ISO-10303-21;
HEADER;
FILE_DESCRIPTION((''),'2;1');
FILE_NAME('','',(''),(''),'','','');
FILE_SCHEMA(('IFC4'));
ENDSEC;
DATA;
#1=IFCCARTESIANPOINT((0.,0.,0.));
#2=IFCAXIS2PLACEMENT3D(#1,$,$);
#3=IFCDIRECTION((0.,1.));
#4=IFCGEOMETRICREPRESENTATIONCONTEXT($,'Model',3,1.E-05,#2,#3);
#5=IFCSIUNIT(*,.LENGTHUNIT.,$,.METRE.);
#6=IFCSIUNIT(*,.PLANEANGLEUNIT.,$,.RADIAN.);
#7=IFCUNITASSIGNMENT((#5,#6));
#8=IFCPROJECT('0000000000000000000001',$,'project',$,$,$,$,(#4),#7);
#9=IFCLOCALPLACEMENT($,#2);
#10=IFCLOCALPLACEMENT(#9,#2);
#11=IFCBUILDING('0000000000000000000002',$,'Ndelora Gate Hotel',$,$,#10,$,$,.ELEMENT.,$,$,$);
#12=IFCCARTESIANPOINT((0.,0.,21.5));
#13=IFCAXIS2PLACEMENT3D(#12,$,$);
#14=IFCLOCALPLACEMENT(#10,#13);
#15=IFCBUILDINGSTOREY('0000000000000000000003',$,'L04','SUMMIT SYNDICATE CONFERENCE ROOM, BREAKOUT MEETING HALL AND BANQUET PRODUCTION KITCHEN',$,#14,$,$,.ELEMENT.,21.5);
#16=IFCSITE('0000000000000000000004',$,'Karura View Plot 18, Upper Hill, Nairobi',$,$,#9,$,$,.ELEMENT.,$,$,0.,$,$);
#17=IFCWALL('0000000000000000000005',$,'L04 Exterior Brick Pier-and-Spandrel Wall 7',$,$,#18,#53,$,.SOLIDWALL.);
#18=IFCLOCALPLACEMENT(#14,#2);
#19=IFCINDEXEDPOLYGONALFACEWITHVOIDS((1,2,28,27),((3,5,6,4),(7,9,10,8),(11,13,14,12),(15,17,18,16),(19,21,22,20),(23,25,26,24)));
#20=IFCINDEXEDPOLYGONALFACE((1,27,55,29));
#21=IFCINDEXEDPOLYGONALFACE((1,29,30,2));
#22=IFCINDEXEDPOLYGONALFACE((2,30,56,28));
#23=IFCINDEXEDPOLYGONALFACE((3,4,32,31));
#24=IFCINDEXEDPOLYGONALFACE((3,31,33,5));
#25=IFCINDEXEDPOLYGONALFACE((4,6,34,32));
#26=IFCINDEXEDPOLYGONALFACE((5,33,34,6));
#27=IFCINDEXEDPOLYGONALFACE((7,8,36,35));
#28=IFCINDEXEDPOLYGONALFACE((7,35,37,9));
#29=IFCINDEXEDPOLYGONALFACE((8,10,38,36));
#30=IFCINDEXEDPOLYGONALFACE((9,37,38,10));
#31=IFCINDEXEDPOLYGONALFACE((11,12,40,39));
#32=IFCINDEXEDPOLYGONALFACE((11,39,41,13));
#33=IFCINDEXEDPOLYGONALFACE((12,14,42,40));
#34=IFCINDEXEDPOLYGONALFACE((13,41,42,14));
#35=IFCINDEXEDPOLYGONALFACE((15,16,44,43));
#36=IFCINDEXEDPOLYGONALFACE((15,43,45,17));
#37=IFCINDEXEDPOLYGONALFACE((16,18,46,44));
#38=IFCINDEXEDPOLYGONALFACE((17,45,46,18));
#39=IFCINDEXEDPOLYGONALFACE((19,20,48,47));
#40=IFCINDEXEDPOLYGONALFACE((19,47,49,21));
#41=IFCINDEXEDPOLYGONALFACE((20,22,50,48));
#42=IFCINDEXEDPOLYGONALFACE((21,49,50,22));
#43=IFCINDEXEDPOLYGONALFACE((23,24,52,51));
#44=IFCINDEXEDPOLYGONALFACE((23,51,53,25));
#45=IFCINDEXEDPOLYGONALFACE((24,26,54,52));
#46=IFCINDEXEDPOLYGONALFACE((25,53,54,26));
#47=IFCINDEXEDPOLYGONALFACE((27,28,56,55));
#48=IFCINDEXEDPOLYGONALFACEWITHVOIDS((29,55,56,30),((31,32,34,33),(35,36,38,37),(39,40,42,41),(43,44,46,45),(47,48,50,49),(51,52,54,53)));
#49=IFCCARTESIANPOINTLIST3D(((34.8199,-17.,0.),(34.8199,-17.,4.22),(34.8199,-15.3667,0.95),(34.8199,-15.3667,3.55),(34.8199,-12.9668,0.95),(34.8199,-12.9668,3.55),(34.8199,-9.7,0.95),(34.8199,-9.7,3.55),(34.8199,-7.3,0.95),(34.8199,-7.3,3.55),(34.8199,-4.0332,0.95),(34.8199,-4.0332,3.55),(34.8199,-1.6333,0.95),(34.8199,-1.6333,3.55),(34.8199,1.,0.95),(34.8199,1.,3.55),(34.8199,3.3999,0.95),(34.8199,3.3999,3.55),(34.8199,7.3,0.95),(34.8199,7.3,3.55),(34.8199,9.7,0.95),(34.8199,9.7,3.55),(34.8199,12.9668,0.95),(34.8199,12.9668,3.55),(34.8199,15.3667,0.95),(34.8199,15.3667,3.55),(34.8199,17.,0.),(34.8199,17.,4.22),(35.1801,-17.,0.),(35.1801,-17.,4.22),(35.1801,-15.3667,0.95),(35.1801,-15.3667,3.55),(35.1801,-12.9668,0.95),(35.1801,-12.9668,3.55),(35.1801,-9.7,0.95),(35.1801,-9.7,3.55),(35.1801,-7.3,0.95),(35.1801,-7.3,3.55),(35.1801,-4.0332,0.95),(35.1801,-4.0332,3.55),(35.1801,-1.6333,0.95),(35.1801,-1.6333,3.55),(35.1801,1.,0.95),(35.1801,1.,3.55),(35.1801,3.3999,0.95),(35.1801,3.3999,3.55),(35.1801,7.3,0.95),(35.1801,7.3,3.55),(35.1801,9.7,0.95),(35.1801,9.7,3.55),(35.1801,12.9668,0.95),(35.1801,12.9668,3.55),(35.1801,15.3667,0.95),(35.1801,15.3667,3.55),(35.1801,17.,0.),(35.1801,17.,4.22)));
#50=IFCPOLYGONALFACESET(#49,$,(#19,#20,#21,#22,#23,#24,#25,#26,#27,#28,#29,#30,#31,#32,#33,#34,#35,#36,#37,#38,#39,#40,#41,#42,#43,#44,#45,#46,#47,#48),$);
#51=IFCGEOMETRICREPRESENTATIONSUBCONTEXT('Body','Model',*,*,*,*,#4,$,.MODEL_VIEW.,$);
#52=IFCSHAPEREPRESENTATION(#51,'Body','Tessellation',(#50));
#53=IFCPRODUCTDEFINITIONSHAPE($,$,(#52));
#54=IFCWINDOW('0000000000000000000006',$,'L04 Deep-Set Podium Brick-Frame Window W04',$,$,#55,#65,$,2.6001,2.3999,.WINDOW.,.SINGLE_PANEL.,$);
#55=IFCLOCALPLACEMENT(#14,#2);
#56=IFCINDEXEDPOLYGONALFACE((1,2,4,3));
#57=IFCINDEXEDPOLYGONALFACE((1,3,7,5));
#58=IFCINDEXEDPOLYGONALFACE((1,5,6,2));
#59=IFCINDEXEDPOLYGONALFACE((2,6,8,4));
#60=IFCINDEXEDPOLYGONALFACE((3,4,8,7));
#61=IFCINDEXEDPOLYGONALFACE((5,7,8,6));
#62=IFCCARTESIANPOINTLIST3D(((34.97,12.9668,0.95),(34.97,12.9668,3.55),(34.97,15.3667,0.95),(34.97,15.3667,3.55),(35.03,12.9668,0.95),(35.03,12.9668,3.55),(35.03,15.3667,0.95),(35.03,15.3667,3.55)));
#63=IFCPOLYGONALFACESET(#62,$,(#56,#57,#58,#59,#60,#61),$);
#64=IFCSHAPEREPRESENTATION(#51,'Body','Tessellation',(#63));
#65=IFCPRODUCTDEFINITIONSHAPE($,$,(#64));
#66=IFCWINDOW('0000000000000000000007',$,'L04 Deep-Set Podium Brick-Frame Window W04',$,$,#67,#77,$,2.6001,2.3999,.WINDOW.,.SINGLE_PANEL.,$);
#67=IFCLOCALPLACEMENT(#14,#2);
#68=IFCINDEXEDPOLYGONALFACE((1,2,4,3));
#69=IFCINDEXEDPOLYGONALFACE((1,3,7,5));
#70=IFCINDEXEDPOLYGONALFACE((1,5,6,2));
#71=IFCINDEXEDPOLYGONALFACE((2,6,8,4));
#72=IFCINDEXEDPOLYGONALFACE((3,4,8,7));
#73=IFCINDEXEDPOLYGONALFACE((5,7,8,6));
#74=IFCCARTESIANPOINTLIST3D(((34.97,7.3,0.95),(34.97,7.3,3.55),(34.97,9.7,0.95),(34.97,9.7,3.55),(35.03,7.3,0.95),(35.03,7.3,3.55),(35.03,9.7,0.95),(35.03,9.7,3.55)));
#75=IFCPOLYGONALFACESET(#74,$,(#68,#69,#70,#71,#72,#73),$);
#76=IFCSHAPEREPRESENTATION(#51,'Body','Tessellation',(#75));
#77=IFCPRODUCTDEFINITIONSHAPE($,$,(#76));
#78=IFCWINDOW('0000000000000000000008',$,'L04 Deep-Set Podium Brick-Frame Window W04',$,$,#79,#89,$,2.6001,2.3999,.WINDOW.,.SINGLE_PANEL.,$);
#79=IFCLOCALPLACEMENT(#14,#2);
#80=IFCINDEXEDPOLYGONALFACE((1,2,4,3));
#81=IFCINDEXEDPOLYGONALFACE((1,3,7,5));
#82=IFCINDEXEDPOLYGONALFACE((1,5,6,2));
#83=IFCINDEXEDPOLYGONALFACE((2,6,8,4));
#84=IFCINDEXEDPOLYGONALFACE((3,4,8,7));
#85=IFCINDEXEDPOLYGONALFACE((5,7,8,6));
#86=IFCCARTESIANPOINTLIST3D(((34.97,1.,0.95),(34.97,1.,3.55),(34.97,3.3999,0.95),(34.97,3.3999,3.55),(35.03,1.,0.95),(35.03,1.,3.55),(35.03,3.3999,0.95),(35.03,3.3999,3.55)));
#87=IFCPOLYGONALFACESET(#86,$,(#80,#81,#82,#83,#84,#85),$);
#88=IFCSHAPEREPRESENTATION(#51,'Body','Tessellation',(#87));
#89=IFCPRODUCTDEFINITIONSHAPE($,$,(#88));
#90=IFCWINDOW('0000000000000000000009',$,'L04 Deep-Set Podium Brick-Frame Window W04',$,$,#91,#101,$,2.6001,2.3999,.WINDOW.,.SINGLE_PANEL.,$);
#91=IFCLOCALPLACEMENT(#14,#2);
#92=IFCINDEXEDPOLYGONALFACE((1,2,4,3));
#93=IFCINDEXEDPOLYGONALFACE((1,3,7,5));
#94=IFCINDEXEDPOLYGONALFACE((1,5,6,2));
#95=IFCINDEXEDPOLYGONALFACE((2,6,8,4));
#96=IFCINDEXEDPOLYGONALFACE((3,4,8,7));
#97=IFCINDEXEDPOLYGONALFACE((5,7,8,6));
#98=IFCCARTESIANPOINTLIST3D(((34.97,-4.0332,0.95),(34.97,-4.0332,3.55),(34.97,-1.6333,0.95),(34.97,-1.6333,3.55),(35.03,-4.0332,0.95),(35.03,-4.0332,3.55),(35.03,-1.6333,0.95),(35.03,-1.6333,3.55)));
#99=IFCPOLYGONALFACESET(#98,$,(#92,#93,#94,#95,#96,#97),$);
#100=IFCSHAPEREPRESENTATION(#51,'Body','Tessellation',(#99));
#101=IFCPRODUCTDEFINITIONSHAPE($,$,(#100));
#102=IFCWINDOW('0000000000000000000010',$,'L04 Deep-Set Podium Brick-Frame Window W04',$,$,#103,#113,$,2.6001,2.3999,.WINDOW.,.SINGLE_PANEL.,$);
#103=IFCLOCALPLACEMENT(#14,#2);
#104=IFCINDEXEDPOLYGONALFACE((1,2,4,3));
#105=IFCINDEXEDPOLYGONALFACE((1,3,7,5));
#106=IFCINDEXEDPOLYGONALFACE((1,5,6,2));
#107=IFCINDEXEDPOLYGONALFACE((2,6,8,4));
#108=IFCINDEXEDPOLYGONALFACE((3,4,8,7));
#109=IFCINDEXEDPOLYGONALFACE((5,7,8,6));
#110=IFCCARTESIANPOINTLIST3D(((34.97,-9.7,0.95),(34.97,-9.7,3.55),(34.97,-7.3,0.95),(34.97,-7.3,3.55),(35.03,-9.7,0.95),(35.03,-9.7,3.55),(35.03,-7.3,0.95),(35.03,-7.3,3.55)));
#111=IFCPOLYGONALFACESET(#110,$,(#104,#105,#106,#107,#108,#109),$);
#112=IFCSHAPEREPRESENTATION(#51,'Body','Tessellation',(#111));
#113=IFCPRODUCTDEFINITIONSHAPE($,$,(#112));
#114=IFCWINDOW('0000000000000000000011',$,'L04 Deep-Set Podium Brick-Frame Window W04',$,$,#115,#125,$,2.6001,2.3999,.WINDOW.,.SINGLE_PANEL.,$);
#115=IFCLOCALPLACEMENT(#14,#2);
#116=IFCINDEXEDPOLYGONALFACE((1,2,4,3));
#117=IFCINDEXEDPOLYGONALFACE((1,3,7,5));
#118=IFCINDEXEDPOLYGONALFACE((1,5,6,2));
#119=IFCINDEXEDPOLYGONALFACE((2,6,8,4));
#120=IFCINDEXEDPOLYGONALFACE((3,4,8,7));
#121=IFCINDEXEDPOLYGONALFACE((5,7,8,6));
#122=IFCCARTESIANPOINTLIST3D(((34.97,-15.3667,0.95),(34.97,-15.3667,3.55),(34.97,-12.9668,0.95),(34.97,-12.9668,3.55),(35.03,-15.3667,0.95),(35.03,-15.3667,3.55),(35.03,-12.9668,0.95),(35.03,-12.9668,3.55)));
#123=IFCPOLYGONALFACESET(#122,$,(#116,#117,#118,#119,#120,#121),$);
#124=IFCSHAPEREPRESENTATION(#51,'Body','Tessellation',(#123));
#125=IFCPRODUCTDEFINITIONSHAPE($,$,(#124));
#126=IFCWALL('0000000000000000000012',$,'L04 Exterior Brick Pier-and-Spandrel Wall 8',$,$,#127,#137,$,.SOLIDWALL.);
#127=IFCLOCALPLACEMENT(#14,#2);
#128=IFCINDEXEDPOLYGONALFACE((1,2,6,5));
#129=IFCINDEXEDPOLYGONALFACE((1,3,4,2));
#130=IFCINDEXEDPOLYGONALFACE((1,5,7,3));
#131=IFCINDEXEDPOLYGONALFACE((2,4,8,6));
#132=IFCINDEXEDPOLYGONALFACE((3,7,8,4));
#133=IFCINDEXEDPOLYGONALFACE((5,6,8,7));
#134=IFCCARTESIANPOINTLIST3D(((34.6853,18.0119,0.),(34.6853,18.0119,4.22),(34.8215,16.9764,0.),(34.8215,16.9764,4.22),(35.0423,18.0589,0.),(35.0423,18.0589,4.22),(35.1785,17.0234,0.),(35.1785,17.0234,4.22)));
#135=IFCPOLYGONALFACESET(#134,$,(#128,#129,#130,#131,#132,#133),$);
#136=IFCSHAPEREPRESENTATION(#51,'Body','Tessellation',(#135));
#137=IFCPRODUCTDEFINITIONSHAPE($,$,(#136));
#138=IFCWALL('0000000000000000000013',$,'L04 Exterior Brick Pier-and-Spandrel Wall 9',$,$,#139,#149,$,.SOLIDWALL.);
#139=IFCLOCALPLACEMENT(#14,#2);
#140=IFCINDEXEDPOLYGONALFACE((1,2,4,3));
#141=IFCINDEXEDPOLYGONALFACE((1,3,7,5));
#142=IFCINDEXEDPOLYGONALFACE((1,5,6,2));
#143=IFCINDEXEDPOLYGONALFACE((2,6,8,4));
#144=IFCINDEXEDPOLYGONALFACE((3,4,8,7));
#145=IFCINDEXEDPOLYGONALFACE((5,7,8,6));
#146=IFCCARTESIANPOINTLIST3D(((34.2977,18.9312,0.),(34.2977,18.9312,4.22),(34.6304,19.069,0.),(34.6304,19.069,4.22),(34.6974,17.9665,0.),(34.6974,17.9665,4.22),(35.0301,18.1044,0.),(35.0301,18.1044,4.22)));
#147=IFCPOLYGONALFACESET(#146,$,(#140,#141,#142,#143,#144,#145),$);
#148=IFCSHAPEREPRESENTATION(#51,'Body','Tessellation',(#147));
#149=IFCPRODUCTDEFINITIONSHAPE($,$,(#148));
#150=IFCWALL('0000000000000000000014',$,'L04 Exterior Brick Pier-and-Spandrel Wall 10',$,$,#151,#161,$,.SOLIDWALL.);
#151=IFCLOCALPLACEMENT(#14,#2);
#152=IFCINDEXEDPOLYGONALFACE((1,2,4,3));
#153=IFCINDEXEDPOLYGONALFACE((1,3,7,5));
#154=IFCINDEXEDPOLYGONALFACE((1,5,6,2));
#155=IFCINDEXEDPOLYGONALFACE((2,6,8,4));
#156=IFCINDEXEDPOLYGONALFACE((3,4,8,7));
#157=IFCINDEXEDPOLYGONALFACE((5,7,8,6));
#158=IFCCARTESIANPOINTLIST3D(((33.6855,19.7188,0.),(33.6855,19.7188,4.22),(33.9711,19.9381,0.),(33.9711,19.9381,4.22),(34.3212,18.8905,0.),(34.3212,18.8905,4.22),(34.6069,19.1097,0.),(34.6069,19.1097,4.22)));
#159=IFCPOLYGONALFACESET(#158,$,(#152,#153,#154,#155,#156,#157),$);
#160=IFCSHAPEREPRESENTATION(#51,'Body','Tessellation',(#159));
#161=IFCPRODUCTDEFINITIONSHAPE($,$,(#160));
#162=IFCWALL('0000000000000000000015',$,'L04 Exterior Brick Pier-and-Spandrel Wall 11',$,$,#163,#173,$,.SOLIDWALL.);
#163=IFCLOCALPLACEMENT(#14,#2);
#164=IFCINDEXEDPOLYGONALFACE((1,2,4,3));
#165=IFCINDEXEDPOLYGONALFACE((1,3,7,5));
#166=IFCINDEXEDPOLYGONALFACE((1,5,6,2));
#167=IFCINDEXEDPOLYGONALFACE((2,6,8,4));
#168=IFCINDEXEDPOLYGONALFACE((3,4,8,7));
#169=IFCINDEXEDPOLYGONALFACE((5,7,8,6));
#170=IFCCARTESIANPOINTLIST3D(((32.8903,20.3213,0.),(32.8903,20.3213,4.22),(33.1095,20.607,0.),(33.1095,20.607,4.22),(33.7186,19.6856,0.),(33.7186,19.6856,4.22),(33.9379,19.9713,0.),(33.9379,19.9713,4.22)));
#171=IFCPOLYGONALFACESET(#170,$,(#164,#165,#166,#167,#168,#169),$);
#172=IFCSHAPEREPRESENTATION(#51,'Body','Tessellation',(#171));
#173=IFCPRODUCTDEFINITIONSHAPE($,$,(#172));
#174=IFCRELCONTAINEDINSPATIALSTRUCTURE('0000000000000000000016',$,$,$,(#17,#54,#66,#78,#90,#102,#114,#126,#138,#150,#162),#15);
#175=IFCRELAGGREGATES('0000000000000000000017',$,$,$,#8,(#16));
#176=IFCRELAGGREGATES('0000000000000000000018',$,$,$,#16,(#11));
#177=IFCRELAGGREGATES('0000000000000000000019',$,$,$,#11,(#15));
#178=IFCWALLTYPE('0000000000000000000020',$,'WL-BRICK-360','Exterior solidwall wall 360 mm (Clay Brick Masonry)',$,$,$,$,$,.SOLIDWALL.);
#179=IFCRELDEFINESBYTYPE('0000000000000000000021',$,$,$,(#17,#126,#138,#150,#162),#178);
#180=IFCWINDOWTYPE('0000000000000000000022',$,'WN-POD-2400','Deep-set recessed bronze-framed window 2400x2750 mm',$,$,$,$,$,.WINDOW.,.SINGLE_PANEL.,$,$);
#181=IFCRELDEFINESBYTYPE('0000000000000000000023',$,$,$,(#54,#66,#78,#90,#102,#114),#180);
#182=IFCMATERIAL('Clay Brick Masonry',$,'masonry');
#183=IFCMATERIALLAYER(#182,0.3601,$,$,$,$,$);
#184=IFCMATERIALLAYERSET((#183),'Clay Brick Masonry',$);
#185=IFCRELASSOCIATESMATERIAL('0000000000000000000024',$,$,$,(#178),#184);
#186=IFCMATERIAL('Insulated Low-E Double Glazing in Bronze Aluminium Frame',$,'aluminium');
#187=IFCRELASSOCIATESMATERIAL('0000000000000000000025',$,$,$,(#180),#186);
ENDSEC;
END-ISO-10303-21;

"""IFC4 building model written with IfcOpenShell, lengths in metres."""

from ifc_helpers import new_model, si_unit, direction, frame, frame_2d, origin, place, context, subcontext, project, spatial, rectangle, extrude, material, layer, layer_set, type_object, element, fill, save


model = new_model("IFC4")

# Units and contexts
model_context = context("Model", 3, precision=1e-05, world=origin(), true_north=direction((0.0, 1.0)))
body_context = subcontext(model_context, "Body", "Model", "MODEL_VIEW")
ifc_project = project(units=[si_unit("LENGTHUNIT", "METRE"), si_unit("PLANEANGLEUNIT", "RADIAN")], contexts=[model_context])

# Site, building, storey
site_placement = place(None, origin())
site = spatial("IfcSite", under=ifc_project, at=site_placement, Name="Karura View Plot 18, Upper Hill, Nairobi", CompositionType="ELEMENT", RefElevation=0.0)
building_placement = place(site_placement, origin())
building = spatial("IfcBuilding", under=site, at=building_placement, Name="Ndelora Gate Hotel", CompositionType="ELEMENT")
storey_placement = place(building_placement, frame((0.0, 0.0, 21.5)))
storey = spatial("IfcBuildingStorey", under=building, at=storey_placement, Name="L04", Description="SUMMIT SYNDICATE CONFERENCE ROOM, BREAKOUT MEETING HALL AND BANQUET PRODUCTION KITCHEN", CompositionType="ELEMENT", Elevation=21.5)

# Wall, openings, windows
ifc_material_1 = material(Name="Clay Brick Masonry", Category="masonry")
ifc_layer_1 = layer(ifc_material_1, 0.3601)
ifc_layer_set_1 = layer_set([ifc_layer_1], Name="Clay Brick Masonry")
wall_type = type_object("IfcWallType", Name="WL-BRICK-360", Description="Exterior solidwall wall 360 mm (Clay Brick Masonry)", PredefinedType="SOLIDWALL", material=ifc_layer_set_1)
wall_1_placement = place(storey_placement, frame((35.0, 17.0, 0.0), z_axis=(0.0, 0.0, 1.0), x_axis=(0.0, -1.0, 0.0)))
wall_1 = element("IfcWall", 1, at=wall_1_placement, inside=storey, type_object=wall_type, Name="L04 Exterior Brick Pier-and-Spandrel Wall 7", PredefinedType="SOLIDWALL", context=body_context, shape_type="SweptSolid", body=[
    extrude(rectangle(XDim=34.0, YDim=0.3601, at=frame_2d((17.0, 0.0))), origin(), (0.0, 0.0, 1.0), 4.22),
])
opening_1_placement = place(wall_1_placement, frame((1.6333, 0.0, 0.95)))
opening_1 = element("IfcOpeningElement", 2, at=opening_1_placement, cuts=wall_1, PredefinedType="OPENING", context=body_context, shape_type="SweptSolid", body=[
    extrude(rectangle(XDim=2.3999, YDim=2.6001, at=frame_2d((1.2, 1.3))), frame((0.0, 0.1899, 0.0), z_axis=(0.0, -1.0, 0.0), x_axis=(1.0, 0.0, 0.0)), (0.0, 0.0, 1.0), 0.3801),
])
opening_2_placement = place(wall_1_placement, frame((7.3, 0.0, 0.95)))
opening_2 = element("IfcOpeningElement", 3, at=opening_2_placement, cuts=wall_1, PredefinedType="OPENING", context=body_context, shape_type="SweptSolid", body=[
    extrude(rectangle(XDim=2.3999, YDim=2.6001, at=frame_2d((1.2, 1.3))), frame((0.0, 0.1899, 0.0), z_axis=(0.0, -1.0, 0.0), x_axis=(1.0, 0.0, 0.0)), (0.0, 0.0, 1.0), 0.3801),
])
opening_3_placement = place(wall_1_placement, frame((13.6001, 0.0, 0.95)))
opening_3 = element("IfcOpeningElement", 4, at=opening_3_placement, cuts=wall_1, PredefinedType="OPENING", context=body_context, shape_type="SweptSolid", body=[
    extrude(rectangle(XDim=2.3999, YDim=2.6001, at=frame_2d((1.2, 1.3))), frame((0.0, 0.1899, 0.0), z_axis=(0.0, -1.0, 0.0), x_axis=(1.0, 0.0, 0.0)), (0.0, 0.0, 1.0), 0.3801),
])
opening_4_placement = place(wall_1_placement, frame((18.6333, 0.0, 0.95)))
opening_4 = element("IfcOpeningElement", 5, at=opening_4_placement, cuts=wall_1, PredefinedType="OPENING", context=body_context, shape_type="SweptSolid", body=[
    extrude(rectangle(XDim=2.3999, YDim=2.6001, at=frame_2d((1.2, 1.3))), frame((0.0, 0.1899, 0.0), z_axis=(0.0, -1.0, 0.0), x_axis=(1.0, 0.0, 0.0)), (0.0, 0.0, 1.0), 0.3801),
])
opening_5_placement = place(wall_1_placement, frame((24.3, 0.0, 0.95)))
opening_5 = element("IfcOpeningElement", 6, at=opening_5_placement, cuts=wall_1, PredefinedType="OPENING", context=body_context, shape_type="SweptSolid", body=[
    extrude(rectangle(XDim=2.3999, YDim=2.6001, at=frame_2d((1.2, 1.3))), frame((0.0, 0.1899, 0.0), z_axis=(0.0, -1.0, 0.0), x_axis=(1.0, 0.0, 0.0)), (0.0, 0.0, 1.0), 0.3801),
])
opening_6_placement = place(wall_1_placement, frame((29.9668, 0.0, 0.95)))
opening_6 = element("IfcOpeningElement", 7, at=opening_6_placement, cuts=wall_1, PredefinedType="OPENING", context=body_context, shape_type="SweptSolid", body=[
    extrude(rectangle(XDim=2.3999, YDim=2.6001, at=frame_2d((1.2, 1.3))), frame((0.0, 0.1899, 0.0), z_axis=(0.0, -1.0, 0.0), x_axis=(1.0, 0.0, 0.0)), (0.0, 0.0, 1.0), 0.3801),
])
ifc_material_2 = material(Name="Insulated Low-E Double Glazing in Bronze Aluminium Frame", Category="aluminium")
window_type = type_object("IfcWindowType", Name="WN-POD-2400", Description="Deep-set recessed bronze-framed window 2400x2750 mm", PartitioningType="SINGLE_PANEL", PredefinedType="WINDOW", material=ifc_material_2)
window_1_placement = place(opening_1_placement, origin())
window_1 = element("IfcWindow", 8, at=window_1_placement, inside=storey, type_object=window_type, Name="L04 Deep-Set Podium Brick-Frame Window W04", OverallHeight=2.6001, OverallWidth=2.3999, PartitioningType="SINGLE_PANEL", PredefinedType="WINDOW", context=body_context, shape_type="SweptSolid", body=[
    extrude(rectangle(XDim=2.3999, YDim=2.6001, at=frame_2d((1.2, 1.3))), frame((0.0, 0.03, 0.0), z_axis=(0.0, -1.0, 0.0), x_axis=(1.0, 0.0, 0.0)), (0.0, 0.0, 1.0), 0.0601),
])
fill(opening_1, window_1)
window_2_placement = place(opening_2_placement, origin())
window_2 = element("IfcWindow", 9, at=window_2_placement, inside=storey, type_object=window_type, Name="L04 Deep-Set Podium Brick-Frame Window W04", OverallHeight=2.6001, OverallWidth=2.3999, PartitioningType="SINGLE_PANEL", PredefinedType="WINDOW", context=body_context, shape_type="SweptSolid", body=[
    extrude(rectangle(XDim=2.3999, YDim=2.6001, at=frame_2d((1.2, 1.3))), frame((0.0, 0.03, 0.0), z_axis=(0.0, -1.0, 0.0), x_axis=(1.0, 0.0, 0.0)), (0.0, 0.0, 1.0), 0.0601),
])
fill(opening_2, window_2)
window_3_placement = place(opening_3_placement, origin())
window_3 = element("IfcWindow", 10, at=window_3_placement, inside=storey, type_object=window_type, Name="L04 Deep-Set Podium Brick-Frame Window W04", OverallHeight=2.6001, OverallWidth=2.3999, PartitioningType="SINGLE_PANEL", PredefinedType="WINDOW", context=body_context, shape_type="SweptSolid", body=[
    extrude(rectangle(XDim=2.3999, YDim=2.6001, at=frame_2d((1.2, 1.3))), frame((0.0, 0.03, 0.0), z_axis=(0.0, -1.0, 0.0), x_axis=(1.0, 0.0, 0.0)), (0.0, 0.0, 1.0), 0.0601),
])
fill(opening_3, window_3)
window_4_placement = place(opening_4_placement, origin())
window_4 = element("IfcWindow", 11, at=window_4_placement, inside=storey, type_object=window_type, Name="L04 Deep-Set Podium Brick-Frame Window W04", OverallHeight=2.6001, OverallWidth=2.3999, PartitioningType="SINGLE_PANEL", PredefinedType="WINDOW", context=body_context, shape_type="SweptSolid", body=[
    extrude(rectangle(XDim=2.3999, YDim=2.6001, at=frame_2d((1.2, 1.3))), frame((0.0, 0.03, 0.0), z_axis=(0.0, -1.0, 0.0), x_axis=(1.0, 0.0, 0.0)), (0.0, 0.0, 1.0), 0.0601),
])
fill(opening_4, window_4)
window_5_placement = place(opening_5_placement, origin())
window_5 = element("IfcWindow", 12, at=window_5_placement, inside=storey, type_object=window_type, Name="L04 Deep-Set Podium Brick-Frame Window W04", OverallHeight=2.6001, OverallWidth=2.3999, PartitioningType="SINGLE_PANEL", PredefinedType="WINDOW", context=body_context, shape_type="SweptSolid", body=[
    extrude(rectangle(XDim=2.3999, YDim=2.6001, at=frame_2d((1.2, 1.3))), frame((0.0, 0.03, 0.0), z_axis=(0.0, -1.0, 0.0), x_axis=(1.0, 0.0, 0.0)), (0.0, 0.0, 1.0), 0.0601),
])
fill(opening_5, window_5)
window_6_placement = place(opening_6_placement, origin())
window_6 = element("IfcWindow", 13, at=window_6_placement, inside=storey, type_object=window_type, Name="L04 Deep-Set Podium Brick-Frame Window W04", OverallHeight=2.6001, OverallWidth=2.3999, PartitioningType="SINGLE_PANEL", PredefinedType="WINDOW", context=body_context, shape_type="SweptSolid", body=[
    extrude(rectangle(XDim=2.3999, YDim=2.6001, at=frame_2d((1.2, 1.3))), frame((0.0, 0.03, 0.0), z_axis=(0.0, -1.0, 0.0), x_axis=(1.0, 0.0, 0.0)), (0.0, 0.0, 1.0), 0.0601),
])
fill(opening_6, window_6)

# Walls
wall_2_placement = place(storey_placement, frame((34.8638, 18.0354, 0.0), z_axis=(0.0, 0.0, 1.0), x_axis=(0.130448, -0.991455, 0.0)))
element("IfcWall", 14, at=wall_2_placement, inside=storey, type_object=wall_type, Name="L04 Exterior Brick Pier-and-Spandrel Wall 8", PredefinedType="SOLIDWALL", context=body_context, shape_type="SweptSolid", body=[
    extrude(rectangle(XDim=1.0444, YDim=0.3601, at=frame_2d((0.5222, 0.0))), origin(), (0.0, 0.0, 1.0), 4.22),
])
for number, where, z_axis, x_axis, name in (
    (15, (34.4641, 19.0, 0.0), (0.0, 0.0, 1.0), (0.382772, -0.923843, 0.0), "L04 Exterior Brick Pier-and-Spandrel Wall 9"),
    (16, (33.8284, 19.8284, 0.0), (0.0, 0.0, 1.0), (0.608829, -0.793301, 0.0), "L04 Exterior Brick Pier-and-Spandrel Wall 10"),
    (17, (33.0, 20.4641, 0.0), (0.0, 0.0, 1.0), (0.793301, -0.608829, 0.0), "L04 Exterior Brick Pier-and-Spandrel Wall 11"),
):
    element("IfcWall", number, at=place(storey_placement, frame(where, z_axis=z_axis, x_axis=x_axis)), inside=storey, type_object=wall_type, Name=name, PredefinedType="SOLIDWALL", context=body_context, shape_type="SweptSolid", body=[
        extrude(rectangle(XDim=1.0442, YDim=0.3601, at=frame_2d((0.522, 0.0))), origin(), (0.0, 0.0, 1.0), 4.22),
    ])

save(model, "model.ifc")
